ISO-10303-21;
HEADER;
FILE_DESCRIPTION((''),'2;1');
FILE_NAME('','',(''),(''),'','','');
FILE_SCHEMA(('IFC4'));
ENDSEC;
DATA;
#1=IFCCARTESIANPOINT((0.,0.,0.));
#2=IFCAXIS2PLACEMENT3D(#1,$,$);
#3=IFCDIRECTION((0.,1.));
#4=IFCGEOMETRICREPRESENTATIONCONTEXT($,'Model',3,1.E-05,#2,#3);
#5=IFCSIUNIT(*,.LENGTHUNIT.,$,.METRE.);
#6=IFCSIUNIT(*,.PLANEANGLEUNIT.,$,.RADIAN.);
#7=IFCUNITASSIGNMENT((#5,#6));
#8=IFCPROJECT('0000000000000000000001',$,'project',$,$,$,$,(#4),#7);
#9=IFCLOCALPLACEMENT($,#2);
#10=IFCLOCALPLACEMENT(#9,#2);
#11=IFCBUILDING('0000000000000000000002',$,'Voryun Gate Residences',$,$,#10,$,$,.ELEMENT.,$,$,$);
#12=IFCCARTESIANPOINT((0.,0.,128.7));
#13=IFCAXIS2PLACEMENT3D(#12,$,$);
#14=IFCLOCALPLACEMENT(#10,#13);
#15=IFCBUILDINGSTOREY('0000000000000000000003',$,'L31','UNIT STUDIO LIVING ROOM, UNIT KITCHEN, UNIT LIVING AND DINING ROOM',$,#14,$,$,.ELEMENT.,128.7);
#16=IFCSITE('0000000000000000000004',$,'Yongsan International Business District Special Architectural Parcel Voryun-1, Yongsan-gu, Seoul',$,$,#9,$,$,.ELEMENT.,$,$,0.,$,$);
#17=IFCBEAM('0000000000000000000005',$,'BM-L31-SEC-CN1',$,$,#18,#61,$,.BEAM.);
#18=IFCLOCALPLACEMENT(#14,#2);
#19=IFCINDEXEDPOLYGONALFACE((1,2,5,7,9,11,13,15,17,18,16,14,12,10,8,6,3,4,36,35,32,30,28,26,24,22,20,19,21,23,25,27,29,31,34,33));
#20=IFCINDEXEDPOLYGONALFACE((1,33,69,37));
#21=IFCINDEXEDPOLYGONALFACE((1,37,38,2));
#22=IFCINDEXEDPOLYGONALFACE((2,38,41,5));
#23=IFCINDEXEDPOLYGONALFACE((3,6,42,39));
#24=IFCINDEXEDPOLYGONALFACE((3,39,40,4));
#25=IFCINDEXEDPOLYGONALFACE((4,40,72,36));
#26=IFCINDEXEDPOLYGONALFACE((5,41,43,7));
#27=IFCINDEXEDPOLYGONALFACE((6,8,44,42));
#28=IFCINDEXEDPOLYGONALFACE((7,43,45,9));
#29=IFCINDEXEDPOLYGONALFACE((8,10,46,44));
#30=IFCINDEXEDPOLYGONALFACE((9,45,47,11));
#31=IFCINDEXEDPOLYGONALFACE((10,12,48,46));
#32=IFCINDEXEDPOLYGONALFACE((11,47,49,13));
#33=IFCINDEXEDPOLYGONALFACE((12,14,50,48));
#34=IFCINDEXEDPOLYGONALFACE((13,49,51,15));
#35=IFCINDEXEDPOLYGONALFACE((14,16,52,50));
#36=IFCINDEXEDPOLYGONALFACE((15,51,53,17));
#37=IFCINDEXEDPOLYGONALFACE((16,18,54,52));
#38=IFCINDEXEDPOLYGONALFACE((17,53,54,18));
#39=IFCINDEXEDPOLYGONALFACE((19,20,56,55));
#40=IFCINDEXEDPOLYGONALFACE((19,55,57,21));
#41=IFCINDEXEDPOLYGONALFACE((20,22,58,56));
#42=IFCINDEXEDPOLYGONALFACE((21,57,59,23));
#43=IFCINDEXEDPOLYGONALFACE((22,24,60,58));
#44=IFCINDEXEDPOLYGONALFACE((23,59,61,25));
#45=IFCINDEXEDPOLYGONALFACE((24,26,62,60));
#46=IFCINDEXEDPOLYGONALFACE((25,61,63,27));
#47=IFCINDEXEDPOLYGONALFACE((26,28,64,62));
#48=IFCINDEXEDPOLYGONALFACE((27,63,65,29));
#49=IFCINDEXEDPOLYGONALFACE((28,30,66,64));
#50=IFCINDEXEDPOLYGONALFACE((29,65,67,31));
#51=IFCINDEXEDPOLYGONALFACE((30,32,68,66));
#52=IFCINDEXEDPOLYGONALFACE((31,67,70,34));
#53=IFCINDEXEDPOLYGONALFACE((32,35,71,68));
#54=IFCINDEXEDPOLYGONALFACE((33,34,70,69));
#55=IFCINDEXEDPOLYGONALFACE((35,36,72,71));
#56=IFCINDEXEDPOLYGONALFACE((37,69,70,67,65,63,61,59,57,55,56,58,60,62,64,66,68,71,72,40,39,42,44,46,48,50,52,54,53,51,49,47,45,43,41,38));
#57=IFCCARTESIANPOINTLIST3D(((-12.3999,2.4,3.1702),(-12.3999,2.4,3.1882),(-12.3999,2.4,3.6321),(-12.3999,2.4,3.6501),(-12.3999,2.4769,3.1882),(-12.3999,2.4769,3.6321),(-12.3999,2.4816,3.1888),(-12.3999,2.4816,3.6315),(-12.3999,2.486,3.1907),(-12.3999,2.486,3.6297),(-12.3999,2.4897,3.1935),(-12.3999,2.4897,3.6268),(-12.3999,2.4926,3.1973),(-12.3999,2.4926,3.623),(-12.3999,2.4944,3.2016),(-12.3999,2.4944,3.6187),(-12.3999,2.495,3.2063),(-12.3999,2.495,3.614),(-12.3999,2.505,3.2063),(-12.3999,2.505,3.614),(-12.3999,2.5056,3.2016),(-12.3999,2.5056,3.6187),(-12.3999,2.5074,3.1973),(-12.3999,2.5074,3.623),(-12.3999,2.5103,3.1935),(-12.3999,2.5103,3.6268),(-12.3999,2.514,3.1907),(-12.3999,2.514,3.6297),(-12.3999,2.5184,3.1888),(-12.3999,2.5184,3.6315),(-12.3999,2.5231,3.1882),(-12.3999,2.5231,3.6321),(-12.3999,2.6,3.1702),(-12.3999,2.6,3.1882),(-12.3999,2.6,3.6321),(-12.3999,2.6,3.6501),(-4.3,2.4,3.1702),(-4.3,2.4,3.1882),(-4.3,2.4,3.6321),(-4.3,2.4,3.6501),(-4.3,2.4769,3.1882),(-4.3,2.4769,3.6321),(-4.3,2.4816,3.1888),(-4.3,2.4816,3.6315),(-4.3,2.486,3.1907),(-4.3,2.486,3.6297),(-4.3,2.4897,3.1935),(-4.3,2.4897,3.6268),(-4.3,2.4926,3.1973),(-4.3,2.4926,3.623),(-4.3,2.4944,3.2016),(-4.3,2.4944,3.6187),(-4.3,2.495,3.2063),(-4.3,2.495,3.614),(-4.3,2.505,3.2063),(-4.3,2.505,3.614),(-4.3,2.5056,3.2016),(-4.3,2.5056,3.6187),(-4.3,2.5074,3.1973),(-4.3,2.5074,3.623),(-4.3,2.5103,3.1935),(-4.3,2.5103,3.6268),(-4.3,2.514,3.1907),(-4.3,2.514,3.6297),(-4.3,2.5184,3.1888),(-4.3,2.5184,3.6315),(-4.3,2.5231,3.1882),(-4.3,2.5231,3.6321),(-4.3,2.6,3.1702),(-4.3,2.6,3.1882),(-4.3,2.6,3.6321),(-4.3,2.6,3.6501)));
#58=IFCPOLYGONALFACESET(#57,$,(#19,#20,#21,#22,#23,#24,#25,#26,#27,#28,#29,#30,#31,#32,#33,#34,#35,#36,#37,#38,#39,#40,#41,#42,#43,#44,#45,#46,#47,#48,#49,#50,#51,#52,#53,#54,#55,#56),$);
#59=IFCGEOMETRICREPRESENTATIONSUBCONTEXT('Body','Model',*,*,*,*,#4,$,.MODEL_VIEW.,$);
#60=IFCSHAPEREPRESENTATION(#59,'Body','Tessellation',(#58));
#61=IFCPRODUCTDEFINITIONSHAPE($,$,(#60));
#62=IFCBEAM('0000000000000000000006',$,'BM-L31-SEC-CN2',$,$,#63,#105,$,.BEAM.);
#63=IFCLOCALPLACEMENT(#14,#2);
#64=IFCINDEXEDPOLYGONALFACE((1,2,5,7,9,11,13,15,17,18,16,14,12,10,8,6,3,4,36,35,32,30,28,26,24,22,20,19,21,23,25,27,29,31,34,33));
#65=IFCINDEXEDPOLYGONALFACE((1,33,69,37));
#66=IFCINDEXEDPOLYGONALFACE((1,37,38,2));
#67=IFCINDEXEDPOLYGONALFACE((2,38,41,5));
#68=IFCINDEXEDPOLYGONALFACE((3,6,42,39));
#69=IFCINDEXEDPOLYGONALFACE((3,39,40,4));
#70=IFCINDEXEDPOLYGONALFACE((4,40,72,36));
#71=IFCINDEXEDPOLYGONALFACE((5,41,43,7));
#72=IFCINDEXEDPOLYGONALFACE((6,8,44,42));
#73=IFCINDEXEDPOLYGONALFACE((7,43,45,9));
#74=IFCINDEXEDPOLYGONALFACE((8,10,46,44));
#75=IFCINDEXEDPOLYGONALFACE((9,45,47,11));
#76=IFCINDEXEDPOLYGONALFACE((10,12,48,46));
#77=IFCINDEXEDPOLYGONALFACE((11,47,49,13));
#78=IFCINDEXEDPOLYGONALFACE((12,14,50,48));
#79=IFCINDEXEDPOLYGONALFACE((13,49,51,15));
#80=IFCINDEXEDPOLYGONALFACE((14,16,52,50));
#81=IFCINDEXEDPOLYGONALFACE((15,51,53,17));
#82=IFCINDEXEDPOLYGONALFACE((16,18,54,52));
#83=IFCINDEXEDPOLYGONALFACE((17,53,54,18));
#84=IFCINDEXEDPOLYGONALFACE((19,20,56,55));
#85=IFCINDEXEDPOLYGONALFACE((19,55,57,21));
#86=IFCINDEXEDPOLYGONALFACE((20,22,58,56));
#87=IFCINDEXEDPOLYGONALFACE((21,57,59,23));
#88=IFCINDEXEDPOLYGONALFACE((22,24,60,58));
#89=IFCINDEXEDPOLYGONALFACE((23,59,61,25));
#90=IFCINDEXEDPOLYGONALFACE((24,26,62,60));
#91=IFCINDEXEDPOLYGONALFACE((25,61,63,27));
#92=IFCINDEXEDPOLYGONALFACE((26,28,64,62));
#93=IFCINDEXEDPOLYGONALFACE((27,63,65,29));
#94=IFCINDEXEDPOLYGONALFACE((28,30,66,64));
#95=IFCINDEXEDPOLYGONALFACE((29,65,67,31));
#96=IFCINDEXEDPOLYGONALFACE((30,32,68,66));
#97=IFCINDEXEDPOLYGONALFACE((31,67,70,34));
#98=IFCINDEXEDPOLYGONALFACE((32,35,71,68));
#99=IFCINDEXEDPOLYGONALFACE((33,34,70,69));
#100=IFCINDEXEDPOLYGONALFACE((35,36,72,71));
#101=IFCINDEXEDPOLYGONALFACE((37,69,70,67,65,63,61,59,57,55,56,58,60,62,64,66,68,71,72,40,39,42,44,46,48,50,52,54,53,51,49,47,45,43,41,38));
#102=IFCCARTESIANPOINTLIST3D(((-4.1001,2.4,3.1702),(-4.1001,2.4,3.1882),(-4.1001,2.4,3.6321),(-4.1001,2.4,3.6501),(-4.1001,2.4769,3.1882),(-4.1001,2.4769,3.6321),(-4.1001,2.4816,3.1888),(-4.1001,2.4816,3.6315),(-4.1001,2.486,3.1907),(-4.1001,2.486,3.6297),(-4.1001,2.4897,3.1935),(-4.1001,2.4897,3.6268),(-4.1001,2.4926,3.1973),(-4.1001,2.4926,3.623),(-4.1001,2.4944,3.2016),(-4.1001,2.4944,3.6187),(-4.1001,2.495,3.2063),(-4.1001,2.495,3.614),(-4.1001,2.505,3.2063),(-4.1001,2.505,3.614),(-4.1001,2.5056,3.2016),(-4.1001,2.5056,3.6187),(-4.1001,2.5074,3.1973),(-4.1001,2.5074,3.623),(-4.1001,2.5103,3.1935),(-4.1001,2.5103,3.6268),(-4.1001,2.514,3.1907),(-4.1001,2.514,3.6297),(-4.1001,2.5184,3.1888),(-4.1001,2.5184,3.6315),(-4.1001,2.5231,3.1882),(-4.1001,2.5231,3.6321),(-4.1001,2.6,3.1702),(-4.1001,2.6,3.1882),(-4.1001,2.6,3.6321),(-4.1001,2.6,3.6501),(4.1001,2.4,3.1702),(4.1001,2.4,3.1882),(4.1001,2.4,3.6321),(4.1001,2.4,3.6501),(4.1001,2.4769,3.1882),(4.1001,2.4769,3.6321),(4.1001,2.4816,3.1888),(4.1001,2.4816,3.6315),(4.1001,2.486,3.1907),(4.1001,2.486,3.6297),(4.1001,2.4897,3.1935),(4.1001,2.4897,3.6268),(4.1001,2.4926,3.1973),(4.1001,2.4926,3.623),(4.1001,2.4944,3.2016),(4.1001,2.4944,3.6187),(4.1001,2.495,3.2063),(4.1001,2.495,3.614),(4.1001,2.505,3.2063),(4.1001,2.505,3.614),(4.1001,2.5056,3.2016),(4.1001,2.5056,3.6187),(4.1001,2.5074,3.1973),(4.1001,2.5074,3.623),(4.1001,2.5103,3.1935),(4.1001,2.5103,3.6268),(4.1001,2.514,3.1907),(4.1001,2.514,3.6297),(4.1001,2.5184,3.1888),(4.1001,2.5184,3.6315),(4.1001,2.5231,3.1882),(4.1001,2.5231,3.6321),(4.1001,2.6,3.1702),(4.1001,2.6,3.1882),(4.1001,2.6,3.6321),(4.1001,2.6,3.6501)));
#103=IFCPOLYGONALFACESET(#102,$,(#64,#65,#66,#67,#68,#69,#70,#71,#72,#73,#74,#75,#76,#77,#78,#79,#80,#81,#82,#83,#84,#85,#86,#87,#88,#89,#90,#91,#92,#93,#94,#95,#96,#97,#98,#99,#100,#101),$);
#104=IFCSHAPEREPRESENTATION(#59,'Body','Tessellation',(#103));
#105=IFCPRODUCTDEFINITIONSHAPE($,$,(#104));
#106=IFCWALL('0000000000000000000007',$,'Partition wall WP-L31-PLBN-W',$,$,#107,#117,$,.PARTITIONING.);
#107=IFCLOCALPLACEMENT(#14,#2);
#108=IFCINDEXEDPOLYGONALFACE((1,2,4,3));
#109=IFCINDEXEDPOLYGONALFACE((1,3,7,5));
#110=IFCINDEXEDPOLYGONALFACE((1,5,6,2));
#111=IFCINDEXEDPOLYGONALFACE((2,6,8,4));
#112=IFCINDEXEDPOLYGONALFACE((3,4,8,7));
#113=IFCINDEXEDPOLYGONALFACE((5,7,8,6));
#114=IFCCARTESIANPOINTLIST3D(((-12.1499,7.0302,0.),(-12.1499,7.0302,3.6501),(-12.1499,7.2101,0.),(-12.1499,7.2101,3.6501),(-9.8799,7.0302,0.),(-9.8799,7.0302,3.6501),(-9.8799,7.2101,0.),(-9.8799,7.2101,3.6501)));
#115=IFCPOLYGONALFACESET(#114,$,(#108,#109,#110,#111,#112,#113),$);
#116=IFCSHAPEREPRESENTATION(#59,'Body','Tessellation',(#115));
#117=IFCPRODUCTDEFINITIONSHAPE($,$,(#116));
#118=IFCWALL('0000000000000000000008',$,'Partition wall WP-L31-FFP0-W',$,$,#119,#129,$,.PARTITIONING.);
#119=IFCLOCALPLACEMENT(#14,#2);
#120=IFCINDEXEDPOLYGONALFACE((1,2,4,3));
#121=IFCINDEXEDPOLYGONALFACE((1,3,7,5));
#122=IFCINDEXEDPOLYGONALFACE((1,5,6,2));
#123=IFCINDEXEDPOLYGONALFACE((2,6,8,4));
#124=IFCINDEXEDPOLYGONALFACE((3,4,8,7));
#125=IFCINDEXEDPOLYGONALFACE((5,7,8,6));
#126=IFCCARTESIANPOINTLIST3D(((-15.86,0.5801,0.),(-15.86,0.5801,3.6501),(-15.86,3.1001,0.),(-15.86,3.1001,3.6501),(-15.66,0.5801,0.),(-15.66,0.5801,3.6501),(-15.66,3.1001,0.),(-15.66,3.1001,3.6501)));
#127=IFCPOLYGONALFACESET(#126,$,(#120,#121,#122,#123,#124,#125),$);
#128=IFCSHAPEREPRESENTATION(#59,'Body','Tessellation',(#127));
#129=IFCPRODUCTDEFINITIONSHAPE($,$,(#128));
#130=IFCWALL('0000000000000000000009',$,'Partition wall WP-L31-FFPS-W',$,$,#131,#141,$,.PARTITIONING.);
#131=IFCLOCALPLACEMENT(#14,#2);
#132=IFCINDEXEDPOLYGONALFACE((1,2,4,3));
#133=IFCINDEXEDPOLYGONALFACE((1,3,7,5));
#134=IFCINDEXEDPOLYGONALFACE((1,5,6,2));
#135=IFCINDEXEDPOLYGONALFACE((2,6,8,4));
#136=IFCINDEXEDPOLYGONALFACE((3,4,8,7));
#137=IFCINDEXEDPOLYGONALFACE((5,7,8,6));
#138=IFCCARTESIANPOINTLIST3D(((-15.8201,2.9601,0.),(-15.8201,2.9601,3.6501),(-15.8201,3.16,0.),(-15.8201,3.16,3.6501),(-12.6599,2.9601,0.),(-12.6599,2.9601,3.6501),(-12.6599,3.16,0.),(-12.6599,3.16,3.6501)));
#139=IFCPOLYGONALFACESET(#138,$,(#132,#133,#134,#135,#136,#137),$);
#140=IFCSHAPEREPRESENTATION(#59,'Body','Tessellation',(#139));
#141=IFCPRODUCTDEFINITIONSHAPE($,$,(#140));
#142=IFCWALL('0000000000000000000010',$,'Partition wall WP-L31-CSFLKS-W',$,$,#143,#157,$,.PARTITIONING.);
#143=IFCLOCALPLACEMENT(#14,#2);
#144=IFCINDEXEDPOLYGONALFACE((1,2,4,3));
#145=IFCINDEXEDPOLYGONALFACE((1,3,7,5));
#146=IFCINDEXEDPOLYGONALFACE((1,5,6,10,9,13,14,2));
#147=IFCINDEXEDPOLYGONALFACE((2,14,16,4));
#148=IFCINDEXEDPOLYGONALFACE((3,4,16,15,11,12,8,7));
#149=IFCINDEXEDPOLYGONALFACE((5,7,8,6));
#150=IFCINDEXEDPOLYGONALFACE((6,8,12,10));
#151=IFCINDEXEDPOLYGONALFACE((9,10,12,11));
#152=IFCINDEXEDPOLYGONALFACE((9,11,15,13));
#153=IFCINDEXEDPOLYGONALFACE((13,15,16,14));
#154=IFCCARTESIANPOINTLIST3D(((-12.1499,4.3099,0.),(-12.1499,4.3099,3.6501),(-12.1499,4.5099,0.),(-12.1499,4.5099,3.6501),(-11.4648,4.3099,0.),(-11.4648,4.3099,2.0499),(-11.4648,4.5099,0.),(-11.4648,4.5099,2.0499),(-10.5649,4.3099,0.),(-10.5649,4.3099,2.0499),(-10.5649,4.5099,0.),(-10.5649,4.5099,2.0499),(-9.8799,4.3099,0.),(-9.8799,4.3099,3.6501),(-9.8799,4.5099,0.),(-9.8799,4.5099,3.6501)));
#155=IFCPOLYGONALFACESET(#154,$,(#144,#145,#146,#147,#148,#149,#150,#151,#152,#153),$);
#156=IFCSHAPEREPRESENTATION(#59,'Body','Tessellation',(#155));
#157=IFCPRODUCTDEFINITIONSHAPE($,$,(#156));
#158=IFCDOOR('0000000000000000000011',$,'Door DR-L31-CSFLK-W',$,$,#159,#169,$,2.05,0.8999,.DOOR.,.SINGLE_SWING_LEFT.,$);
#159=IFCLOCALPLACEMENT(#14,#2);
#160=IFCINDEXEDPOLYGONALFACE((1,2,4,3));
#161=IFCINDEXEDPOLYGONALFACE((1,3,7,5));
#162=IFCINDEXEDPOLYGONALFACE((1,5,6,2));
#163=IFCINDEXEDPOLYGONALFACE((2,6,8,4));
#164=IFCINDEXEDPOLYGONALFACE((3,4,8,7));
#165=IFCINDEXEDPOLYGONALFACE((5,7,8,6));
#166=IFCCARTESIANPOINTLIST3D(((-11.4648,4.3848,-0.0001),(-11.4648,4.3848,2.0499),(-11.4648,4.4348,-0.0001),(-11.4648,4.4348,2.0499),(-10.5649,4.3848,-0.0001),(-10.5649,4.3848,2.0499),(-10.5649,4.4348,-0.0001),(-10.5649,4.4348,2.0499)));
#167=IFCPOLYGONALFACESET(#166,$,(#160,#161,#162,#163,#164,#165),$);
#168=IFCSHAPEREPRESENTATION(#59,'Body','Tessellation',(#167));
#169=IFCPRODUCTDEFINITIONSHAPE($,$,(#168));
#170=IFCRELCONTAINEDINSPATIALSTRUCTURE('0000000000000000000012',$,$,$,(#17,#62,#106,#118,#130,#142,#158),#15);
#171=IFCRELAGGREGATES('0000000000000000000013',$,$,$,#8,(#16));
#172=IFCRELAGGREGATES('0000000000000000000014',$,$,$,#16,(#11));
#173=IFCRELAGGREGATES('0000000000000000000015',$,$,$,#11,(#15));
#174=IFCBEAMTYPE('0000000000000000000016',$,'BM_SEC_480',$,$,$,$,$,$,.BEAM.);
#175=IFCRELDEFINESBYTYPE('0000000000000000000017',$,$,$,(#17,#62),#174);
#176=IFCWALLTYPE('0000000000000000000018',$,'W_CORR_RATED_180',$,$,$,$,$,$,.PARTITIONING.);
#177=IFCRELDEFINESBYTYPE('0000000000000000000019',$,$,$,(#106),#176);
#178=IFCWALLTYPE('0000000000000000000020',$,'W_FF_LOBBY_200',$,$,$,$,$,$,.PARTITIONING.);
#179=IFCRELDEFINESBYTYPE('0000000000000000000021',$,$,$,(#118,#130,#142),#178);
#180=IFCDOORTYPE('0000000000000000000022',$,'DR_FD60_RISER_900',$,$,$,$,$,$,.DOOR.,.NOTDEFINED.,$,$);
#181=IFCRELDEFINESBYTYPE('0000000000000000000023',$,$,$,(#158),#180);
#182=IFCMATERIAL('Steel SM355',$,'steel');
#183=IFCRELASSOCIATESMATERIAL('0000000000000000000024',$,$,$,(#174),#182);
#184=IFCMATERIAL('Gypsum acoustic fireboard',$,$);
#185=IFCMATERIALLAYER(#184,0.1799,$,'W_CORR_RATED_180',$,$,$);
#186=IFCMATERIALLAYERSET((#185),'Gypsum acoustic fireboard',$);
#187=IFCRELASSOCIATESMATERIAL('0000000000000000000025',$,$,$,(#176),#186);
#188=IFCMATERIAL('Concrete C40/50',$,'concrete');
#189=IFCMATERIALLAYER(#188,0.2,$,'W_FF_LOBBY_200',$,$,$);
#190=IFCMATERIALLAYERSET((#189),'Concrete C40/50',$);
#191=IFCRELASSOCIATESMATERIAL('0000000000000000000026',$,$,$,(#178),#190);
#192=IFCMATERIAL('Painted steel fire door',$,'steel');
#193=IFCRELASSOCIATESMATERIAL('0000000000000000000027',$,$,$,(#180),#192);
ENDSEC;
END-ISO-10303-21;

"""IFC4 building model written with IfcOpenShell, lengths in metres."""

from ifc_helpers import new_model, si_unit, direction, frame, frame_2d, origin, origin_2d, place, context, subcontext, project, spatial, rectangle, i_section, extrude, material, layer, layer_set, material_profile, profile_set, type_object, element, fill, save


model = new_model("IFC4")

# Units and contexts
model_context = context("Model", 3, precision=1e-05, world=origin(), true_north=direction((0.0, 1.0)))
body_context = subcontext(model_context, "Body", "Model", "MODEL_VIEW")
ifc_project = project(units=[si_unit("LENGTHUNIT", "METRE"), si_unit("PLANEANGLEUNIT", "RADIAN")], contexts=[model_context])

# Site, building, storey
site_placement = place(None, origin())
site = spatial("IfcSite", under=ifc_project, at=site_placement, Name="Yongsan International Business District Special Architectural Parcel Voryun-1, Yongsan-gu, Seoul", CompositionType="ELEMENT", RefElevation=0.0)
building_placement = place(site_placement, origin())
building = spatial("IfcBuilding", under=site, at=building_placement, Name="Voryun Gate Residences", CompositionType="ELEMENT")
storey_placement = place(building_placement, frame((0.0, 0.0, 128.7)))
storey = spatial("IfcBuildingStorey", under=building, at=storey_placement, Name="L31", Description="UNIT STUDIO LIVING ROOM, UNIT KITCHEN, UNIT LIVING AND DINING ROOM", CompositionType="ELEMENT", Elevation=128.7)

# Beams
ifc_material_1 = material(Name="Steel SM355", Category="steel")
ifc_material_profile_1 = material_profile(ifc_material_1, i_section(OverallWidth=0.2, OverallDepth=0.48, WebThickness=0.01, FlangeThickness=0.0181, FilletRadius=0.0181, at=origin_2d()), Name="H-480x200x10x18")
ifc_profile_set_1 = profile_set([ifc_material_profile_1], Name="Steel SM355")
beam_type_1 = type_object("IfcBeamType", Name="BM_SEC_480", PredefinedType="BEAM", material=ifc_profile_set_1)
beam_1_placement = place(storey_placement, frame((-12.3999, 2.5, 3.4102), z_axis=(1.0, 0.0, 0.0), x_axis=(0.0, 1.0, 0.0)))
element("IfcBeam", 1, at=beam_1_placement, inside=storey, type_object=beam_type_1, Name="BM-L31-SEC-CN1", PredefinedType="BEAM", context=body_context, shape_type="SweptSolid", body=[
    extrude(i_section(OverallWidth=0.2, OverallDepth=0.48, WebThickness=0.01, FlangeThickness=0.0181, FilletRadius=0.0181, at=origin_2d()), origin(), (0.0, 0.0, 1.0), 8.0999),
])
beam_2_placement = place(storey_placement, frame((-4.1001, 2.5, 3.4102), z_axis=(1.0, 0.0, 0.0), x_axis=(0.0, 1.0, 0.0)))
element("IfcBeam", 2, at=beam_2_placement, inside=storey, type_object=beam_type_1, Name="BM-L31-SEC-CN2", PredefinedType="BEAM", context=body_context, shape_type="SweptSolid", body=[
    extrude(i_section(OverallWidth=0.2, OverallDepth=0.48, WebThickness=0.01, FlangeThickness=0.0181, FilletRadius=0.0181, at=origin_2d()), origin(), (0.0, 0.0, 1.0), 8.2002),
])

# Walls
ifc_material_2 = material(Name="Gypsum acoustic fireboard")
ifc_layer_1 = layer(ifc_material_2, 0.1799, Name="W_CORR_RATED_180")
ifc_layer_set_1 = layer_set([ifc_layer_1], Name="Gypsum acoustic fireboard")
wall_type_1 = type_object("IfcWallType", Name="W_CORR_RATED_180", PredefinedType="PARTITIONING", material=ifc_layer_set_1)
wall_1_placement = place(storey_placement, frame((-12.1499, 7.1201, 0.0), z_axis=(0.0, 0.0, 1.0), x_axis=(1.0, 0.0, 0.0)))
element("IfcWall", 3, at=wall_1_placement, inside=storey, type_object=wall_type_1, Name="Partition wall WP-L31-PLBN-W", PredefinedType="PARTITIONING", context=body_context, shape_type="SweptSolid", body=[
    extrude(rectangle(XDim=2.27, YDim=0.1799, at=frame_2d((1.135, 0.0))), origin(), (0.0, 0.0, 1.0), 3.6501),
])
ifc_material_3 = material(Name="Concrete C40/50", Category="concrete")
ifc_layer_2 = layer(ifc_material_3, 0.2, Name="W_FF_LOBBY_200")
ifc_layer_set_2 = layer_set([ifc_layer_2], Name="Concrete C40/50")
wall_type_2 = type_object("IfcWallType", Name="W_FF_LOBBY_200", PredefinedType="PARTITIONING", material=ifc_layer_set_2)
wall_2_placement = place(storey_placement, frame((-15.76, 0.5801, 0.0), z_axis=(0.0, 0.0, 1.0), x_axis=(0.0, 1.0, 0.0)))
element("IfcWall", 4, at=wall_2_placement, inside=storey, type_object=wall_type_2, Name="Partition wall WP-L31-FFP0-W", PredefinedType="PARTITIONING", context=body_context, shape_type="SweptSolid", body=[
    extrude(rectangle(XDim=2.52, YDim=0.2, at=frame_2d((1.26, 0.0))), origin(), (0.0, 0.0, 1.0), 3.6501),
])
wall_3_placement = place(storey_placement, frame((-15.8201, 3.0601, 0.0), z_axis=(0.0, 0.0, 1.0), x_axis=(1.0, 0.0, 0.0)))
element("IfcWall", 5, at=wall_3_placement, inside=storey, type_object=wall_type_2, Name="Partition wall WP-L31-FFPS-W", PredefinedType="PARTITIONING", context=body_context, shape_type="SweptSolid", body=[
    extrude(rectangle(XDim=3.1602, YDim=0.2, at=frame_2d((1.5801, 0.0))), origin(), (0.0, 0.0, 1.0), 3.6501),
])

# Wall, opening, door
wall_4_placement = place(storey_placement, frame((-12.1499, 4.4099, 0.0), z_axis=(0.0, 0.0, 1.0), x_axis=(1.0, 0.0, 0.0)))
wall_4 = element("IfcWall", 6, at=wall_4_placement, inside=storey, type_object=wall_type_2, Name="Partition wall WP-L31-CSFLKS-W", PredefinedType="PARTITIONING", context=body_context, shape_type="SweptSolid", body=[
    extrude(rectangle(XDim=2.27, YDim=0.2, at=frame_2d((1.135, 0.0))), origin(), (0.0, 0.0, 1.0), 3.6501),
])
opening_1_placement = place(wall_4_placement, frame((0.6851, 0.0, 0.0)))
opening_1 = element("IfcOpeningElement", 7, at=opening_1_placement, cuts=wall_4, PredefinedType="OPENING", context=body_context, shape_type="SweptSolid", body=[
    extrude(rectangle(XDim=0.8999, YDim=2.05, at=frame_2d((0.45, 1.0249))), frame((0.0, 0.1101, 0.0), z_axis=(0.0, -1.0, 0.0), x_axis=(1.0, 0.0, 0.0)), (0.0, 0.0, 1.0), 0.22),
])
ifc_material_4 = material(Name="Painted steel fire door", Category="steel")
door_type_1 = type_object("IfcDoorType", Name="DR_FD60_RISER_900", OperationType="NOTDEFINED", PredefinedType="DOOR", material=ifc_material_4)
door_1_placement = place(opening_1_placement, origin())
door_1 = element("IfcDoor", 8, at=door_1_placement, inside=storey, type_object=door_type_1, Name="Door DR-L31-CSFLK-W", OperationType="SINGLE_SWING_LEFT", OverallHeight=2.05, OverallWidth=0.8999, PredefinedType="DOOR", context=body_context, shape_type="SweptSolid", body=[
    extrude(rectangle(XDim=0.8999, YDim=2.05, at=frame_2d((0.45, 1.0249))), frame((0.0, 0.0249, 0.0), z_axis=(0.0, -1.0, 0.0), x_axis=(1.0, 0.0, 0.0)), (0.0, 0.0, 1.0), 0.05),
])
fill(opening_1, door_1)

save(model, "model.ifc")
